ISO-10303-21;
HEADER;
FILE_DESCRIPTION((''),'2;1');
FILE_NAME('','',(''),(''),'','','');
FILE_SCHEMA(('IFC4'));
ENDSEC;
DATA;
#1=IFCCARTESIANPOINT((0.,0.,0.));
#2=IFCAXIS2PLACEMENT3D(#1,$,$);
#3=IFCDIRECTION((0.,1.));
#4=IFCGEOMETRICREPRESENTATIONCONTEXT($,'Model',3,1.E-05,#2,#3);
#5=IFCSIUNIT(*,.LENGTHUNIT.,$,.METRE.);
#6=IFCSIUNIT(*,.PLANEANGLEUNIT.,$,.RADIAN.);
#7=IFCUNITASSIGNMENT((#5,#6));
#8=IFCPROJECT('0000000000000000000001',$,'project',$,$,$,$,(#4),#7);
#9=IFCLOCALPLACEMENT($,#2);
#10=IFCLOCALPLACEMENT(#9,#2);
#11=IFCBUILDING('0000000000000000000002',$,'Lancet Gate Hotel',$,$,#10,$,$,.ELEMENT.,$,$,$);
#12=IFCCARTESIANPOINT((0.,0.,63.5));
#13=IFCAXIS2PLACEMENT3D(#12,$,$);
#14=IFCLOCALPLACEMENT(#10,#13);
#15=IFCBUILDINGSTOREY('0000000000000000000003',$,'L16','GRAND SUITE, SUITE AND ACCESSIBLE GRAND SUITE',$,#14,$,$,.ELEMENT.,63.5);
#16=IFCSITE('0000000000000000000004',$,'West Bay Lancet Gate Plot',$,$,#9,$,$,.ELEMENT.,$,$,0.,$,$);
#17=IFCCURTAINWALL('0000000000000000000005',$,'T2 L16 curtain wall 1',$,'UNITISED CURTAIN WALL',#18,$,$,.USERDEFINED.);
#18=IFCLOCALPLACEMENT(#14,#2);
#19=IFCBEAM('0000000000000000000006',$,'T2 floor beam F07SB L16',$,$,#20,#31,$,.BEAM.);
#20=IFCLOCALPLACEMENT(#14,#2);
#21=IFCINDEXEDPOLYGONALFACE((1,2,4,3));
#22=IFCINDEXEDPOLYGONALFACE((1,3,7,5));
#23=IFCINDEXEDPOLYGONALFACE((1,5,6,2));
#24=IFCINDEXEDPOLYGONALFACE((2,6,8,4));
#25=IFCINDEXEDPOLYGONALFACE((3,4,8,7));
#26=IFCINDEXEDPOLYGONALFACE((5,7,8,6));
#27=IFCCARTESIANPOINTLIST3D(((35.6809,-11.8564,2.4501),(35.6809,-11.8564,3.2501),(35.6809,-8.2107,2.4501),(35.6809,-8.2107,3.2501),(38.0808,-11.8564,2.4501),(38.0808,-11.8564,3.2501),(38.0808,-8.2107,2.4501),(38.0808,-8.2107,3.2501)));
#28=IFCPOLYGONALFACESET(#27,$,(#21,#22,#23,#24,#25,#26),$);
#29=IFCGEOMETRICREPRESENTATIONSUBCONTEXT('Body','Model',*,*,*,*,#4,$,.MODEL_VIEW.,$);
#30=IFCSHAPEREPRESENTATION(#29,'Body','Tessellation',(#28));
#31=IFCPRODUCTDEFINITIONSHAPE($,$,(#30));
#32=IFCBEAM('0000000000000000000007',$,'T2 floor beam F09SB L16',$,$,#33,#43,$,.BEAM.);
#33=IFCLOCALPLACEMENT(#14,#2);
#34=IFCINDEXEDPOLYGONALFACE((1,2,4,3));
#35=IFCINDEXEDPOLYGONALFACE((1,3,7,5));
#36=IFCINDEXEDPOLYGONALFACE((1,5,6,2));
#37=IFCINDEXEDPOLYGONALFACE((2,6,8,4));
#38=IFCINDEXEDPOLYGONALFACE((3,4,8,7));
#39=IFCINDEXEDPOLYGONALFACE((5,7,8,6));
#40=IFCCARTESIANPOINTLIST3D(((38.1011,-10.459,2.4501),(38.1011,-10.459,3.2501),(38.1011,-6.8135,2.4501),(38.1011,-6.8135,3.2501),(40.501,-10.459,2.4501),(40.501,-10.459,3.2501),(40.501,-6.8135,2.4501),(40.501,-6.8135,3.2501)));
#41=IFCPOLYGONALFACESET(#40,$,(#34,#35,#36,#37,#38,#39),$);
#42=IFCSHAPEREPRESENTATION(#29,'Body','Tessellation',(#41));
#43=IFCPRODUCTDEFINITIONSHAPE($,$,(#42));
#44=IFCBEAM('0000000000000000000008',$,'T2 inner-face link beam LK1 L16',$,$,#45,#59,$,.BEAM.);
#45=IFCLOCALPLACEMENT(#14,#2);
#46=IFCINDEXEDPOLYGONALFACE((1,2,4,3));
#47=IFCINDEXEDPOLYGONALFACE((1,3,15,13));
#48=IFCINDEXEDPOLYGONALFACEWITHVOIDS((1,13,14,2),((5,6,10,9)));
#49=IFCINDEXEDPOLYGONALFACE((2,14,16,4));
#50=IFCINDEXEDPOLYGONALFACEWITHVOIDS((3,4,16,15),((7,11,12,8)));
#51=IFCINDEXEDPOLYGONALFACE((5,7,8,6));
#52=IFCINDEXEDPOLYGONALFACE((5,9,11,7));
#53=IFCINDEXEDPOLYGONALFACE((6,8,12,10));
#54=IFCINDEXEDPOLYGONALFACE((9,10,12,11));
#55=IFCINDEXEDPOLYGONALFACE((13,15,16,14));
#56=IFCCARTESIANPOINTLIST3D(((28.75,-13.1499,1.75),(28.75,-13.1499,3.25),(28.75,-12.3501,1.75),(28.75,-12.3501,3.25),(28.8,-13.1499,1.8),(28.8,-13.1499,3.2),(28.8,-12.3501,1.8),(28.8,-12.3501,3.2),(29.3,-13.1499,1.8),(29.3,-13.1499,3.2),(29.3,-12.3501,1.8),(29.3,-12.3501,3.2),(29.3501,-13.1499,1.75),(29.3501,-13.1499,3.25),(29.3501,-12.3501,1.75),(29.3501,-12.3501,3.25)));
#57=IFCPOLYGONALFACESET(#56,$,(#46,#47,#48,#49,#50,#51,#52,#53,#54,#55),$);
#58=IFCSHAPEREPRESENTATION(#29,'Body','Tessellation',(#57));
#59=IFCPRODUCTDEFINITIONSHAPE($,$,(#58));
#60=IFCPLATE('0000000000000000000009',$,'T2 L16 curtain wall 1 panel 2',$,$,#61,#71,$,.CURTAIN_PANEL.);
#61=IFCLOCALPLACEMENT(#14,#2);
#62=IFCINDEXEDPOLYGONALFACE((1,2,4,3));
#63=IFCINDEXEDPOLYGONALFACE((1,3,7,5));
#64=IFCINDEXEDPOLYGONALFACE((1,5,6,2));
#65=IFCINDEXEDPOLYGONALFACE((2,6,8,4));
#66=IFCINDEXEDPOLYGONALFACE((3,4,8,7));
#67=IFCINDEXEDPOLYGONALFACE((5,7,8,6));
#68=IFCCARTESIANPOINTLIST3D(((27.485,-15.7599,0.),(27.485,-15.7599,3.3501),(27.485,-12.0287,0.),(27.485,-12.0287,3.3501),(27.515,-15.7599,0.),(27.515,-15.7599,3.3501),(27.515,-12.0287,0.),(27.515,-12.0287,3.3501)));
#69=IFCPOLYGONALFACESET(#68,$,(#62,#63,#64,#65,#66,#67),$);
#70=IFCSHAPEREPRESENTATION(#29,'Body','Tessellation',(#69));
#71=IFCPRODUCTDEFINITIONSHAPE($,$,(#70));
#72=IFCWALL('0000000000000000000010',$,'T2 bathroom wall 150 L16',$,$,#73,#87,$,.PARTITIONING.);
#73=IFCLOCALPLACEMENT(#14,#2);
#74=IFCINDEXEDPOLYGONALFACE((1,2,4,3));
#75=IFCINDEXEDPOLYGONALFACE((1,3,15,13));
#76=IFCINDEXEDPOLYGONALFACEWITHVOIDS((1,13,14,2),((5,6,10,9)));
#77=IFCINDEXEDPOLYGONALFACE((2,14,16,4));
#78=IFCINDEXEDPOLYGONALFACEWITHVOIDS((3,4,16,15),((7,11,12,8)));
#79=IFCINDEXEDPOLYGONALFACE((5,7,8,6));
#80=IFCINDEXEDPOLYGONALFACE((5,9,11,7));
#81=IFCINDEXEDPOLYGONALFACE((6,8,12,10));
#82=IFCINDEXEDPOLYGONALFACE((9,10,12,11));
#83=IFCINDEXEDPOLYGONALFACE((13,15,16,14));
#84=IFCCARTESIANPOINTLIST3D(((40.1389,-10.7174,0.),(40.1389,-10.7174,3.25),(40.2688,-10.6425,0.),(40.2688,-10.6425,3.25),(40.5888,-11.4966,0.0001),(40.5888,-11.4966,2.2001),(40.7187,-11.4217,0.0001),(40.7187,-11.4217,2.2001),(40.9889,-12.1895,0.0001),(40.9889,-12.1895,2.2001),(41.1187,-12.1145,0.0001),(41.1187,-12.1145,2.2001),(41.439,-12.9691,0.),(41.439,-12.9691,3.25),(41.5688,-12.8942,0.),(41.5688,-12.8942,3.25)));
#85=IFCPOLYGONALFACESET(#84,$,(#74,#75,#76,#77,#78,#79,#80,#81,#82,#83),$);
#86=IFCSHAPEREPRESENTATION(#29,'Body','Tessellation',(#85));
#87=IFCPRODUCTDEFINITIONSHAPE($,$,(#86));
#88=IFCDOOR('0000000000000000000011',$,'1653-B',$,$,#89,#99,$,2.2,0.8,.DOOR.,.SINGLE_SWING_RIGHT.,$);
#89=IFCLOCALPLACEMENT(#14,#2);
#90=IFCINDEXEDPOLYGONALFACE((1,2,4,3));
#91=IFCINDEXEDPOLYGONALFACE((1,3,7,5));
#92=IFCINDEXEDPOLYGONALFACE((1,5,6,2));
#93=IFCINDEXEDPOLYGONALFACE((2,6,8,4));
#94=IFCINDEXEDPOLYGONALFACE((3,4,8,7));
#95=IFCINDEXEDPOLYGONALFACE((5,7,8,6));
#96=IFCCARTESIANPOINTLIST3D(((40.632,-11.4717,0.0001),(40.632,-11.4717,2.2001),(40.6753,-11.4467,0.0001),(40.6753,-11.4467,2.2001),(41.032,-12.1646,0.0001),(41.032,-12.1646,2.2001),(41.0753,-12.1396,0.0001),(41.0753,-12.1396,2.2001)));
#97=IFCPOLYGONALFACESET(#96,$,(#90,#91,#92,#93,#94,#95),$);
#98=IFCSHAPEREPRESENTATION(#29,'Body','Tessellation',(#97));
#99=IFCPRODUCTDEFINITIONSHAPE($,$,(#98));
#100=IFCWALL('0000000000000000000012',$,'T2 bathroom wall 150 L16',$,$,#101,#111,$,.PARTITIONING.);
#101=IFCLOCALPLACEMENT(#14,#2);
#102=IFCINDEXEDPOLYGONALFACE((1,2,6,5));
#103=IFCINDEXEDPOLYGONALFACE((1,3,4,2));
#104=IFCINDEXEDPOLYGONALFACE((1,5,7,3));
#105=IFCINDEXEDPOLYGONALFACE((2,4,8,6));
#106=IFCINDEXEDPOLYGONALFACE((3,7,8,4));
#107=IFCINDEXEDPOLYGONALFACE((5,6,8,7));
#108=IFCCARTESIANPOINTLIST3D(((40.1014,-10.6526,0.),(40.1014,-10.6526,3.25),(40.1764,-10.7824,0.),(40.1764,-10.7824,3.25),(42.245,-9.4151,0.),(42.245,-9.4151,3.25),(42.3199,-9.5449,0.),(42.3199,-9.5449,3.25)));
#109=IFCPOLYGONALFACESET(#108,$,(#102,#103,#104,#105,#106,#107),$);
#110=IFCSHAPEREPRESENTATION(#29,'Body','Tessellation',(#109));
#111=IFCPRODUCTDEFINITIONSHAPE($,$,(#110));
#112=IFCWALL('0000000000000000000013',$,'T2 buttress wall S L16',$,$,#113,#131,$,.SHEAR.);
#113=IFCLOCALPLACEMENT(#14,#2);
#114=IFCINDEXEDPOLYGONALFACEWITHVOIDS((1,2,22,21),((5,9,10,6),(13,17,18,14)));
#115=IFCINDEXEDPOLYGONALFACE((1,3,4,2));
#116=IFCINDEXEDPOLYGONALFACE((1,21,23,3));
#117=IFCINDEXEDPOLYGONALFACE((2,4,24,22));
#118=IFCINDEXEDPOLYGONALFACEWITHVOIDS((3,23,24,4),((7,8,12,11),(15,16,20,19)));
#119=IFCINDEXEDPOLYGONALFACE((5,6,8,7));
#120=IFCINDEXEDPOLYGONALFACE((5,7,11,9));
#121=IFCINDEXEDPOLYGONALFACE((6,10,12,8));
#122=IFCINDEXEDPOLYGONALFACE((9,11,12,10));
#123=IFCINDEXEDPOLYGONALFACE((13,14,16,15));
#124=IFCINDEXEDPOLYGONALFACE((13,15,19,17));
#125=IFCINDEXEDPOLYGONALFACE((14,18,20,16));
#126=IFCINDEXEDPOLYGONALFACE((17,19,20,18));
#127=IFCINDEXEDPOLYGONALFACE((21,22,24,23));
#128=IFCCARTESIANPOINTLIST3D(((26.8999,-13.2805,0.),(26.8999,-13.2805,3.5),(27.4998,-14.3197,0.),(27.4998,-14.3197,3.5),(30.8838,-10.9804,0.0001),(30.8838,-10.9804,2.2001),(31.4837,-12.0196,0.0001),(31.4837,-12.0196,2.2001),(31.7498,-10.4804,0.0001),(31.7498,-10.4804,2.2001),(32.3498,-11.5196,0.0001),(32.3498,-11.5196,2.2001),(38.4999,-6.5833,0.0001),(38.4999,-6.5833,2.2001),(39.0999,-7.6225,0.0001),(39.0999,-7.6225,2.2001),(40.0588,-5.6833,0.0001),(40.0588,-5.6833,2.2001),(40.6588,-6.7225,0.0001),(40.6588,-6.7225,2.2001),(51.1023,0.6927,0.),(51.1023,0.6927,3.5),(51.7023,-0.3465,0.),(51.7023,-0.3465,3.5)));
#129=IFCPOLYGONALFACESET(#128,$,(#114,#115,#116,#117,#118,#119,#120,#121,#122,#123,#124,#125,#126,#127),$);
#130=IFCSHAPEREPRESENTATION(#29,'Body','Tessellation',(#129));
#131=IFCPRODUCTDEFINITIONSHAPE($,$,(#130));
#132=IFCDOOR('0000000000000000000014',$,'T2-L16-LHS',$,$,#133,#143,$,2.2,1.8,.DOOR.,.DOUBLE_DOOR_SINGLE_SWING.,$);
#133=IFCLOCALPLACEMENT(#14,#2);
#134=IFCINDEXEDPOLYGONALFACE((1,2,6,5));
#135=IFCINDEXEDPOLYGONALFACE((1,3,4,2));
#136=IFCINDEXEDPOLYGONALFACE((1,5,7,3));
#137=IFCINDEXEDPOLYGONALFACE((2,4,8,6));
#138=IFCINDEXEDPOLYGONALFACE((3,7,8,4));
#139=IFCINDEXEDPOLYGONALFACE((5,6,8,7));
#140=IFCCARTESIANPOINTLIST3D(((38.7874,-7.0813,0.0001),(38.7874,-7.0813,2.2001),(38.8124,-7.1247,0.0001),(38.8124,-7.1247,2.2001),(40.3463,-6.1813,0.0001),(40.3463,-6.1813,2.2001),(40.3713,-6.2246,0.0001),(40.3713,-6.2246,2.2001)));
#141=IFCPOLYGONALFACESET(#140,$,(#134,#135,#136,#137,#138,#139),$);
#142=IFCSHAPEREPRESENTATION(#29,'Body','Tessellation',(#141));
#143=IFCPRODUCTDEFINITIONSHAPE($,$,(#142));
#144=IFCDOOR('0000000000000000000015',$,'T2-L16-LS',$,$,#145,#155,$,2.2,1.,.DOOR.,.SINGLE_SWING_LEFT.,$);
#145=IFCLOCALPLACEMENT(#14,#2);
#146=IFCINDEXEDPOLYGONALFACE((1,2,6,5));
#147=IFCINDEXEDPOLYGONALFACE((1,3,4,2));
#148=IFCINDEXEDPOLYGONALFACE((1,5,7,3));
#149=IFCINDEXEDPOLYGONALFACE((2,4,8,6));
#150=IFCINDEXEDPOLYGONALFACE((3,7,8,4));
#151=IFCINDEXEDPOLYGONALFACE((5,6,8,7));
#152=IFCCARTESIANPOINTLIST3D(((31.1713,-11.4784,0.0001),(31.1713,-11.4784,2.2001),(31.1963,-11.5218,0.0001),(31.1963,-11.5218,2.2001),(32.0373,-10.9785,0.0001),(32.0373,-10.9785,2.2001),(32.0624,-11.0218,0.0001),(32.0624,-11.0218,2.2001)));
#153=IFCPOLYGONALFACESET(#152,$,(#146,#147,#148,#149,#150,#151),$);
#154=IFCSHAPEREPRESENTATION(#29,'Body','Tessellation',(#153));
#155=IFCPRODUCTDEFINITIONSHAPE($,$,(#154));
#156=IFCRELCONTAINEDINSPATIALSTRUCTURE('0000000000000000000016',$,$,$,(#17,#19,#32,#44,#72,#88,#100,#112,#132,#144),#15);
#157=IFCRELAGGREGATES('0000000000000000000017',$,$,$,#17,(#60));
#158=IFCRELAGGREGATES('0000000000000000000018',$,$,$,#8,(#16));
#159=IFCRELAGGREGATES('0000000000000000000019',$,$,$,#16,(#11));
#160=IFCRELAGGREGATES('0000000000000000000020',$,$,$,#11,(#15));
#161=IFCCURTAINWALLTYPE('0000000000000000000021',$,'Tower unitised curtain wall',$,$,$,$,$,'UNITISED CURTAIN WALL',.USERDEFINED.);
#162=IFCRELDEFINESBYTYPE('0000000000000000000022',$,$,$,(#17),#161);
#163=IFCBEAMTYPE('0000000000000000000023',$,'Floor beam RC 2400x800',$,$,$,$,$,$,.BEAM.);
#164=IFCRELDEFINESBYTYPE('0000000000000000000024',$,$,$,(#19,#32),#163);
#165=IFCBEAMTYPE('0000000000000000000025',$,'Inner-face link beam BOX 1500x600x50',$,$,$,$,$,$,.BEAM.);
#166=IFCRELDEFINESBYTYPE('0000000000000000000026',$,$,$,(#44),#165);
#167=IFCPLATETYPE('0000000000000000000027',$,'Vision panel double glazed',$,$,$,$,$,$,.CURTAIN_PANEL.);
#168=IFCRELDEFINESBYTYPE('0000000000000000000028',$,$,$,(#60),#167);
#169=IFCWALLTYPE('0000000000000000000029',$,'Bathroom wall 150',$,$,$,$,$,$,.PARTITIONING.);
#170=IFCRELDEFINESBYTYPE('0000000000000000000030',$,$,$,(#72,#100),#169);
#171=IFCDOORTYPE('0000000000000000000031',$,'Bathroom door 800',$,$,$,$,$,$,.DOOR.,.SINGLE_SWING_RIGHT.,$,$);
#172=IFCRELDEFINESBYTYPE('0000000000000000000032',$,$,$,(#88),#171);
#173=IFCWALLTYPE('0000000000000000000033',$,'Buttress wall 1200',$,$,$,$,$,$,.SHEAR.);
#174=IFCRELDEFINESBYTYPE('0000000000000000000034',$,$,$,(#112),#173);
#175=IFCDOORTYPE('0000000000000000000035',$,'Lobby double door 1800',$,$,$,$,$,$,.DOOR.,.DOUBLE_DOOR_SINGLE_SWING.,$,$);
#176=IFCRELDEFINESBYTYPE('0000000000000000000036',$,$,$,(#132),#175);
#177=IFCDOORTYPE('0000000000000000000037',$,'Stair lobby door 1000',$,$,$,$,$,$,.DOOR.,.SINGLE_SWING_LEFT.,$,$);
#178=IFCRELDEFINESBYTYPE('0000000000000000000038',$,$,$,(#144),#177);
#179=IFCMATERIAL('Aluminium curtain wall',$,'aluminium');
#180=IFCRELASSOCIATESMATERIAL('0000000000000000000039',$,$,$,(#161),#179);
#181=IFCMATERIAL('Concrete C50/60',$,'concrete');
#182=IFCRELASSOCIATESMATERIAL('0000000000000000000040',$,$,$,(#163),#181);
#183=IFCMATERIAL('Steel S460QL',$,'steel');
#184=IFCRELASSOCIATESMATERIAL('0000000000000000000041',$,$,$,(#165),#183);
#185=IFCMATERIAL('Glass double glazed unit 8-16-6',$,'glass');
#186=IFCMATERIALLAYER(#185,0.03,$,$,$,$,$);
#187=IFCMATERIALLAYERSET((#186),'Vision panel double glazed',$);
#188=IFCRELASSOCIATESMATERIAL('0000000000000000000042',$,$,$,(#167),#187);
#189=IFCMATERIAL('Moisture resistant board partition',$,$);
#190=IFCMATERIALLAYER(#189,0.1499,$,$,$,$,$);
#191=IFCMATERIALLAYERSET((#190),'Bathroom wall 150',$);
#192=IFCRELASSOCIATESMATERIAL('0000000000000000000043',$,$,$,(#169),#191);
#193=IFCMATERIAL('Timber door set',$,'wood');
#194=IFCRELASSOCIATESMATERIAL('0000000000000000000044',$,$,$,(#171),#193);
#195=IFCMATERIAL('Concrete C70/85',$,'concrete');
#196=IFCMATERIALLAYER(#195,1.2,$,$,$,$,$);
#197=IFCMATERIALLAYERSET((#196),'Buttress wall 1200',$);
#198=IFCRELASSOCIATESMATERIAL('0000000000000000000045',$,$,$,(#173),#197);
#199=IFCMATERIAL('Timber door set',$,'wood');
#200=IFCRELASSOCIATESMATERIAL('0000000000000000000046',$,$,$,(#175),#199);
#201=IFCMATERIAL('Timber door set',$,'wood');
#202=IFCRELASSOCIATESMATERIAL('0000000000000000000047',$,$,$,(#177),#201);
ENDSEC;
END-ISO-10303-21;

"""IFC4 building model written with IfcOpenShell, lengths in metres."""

from ifc_helpers import new_model, si_unit, direction, frame, frame_2d, origin, origin_2d, place, context, subcontext, project, spatial, rectangle, hollow_rectangle, extrude, material, layer, layer_set, material_profile, profile_set, type_object, element, fill, aggregate, save


model = new_model("IFC4")

# Units and contexts
model_context = context("Model", 3, precision=1e-05, world=origin(), true_north=direction((0.0, 1.0)))
body_context = subcontext(model_context, "Body", "Model", "MODEL_VIEW")
ifc_project = project(units=[si_unit("LENGTHUNIT", "METRE"), si_unit("PLANEANGLEUNIT", "RADIAN")], contexts=[model_context])

# Site, building, storey
site_placement = place(None, origin())
site = spatial("IfcSite", under=ifc_project, at=site_placement, Name="West Bay Lancet Gate Plot", CompositionType="ELEMENT", RefElevation=0.0)
building_placement = place(site_placement, origin())
building = spatial("IfcBuilding", under=site, at=building_placement, Name="Lancet Gate Hotel", CompositionType="ELEMENT")
storey_placement = place(building_placement, frame((0.0, 0.0, 63.5)))
storey = spatial("IfcBuildingStorey", under=building, at=storey_placement, Name="L16", Description="GRAND SUITE, SUITE AND ACCESSIBLE GRAND SUITE", CompositionType="ELEMENT", Elevation=63.5)

# Curtain wall
ifc_material_1 = material(Name="Aluminium curtain wall", Category="aluminium")
curtain_wall_type = type_object("IfcCurtainWallType", Name="Tower unitised curtain wall", ElementType="UNITISED CURTAIN WALL", PredefinedType="USERDEFINED", material=ifc_material_1)
curtain_wall_placement = place(storey_placement, origin())
curtain_wall = element("IfcCurtainWall", 1, at=curtain_wall_placement, inside=storey, type_object=curtain_wall_type, Name="T2 L16 curtain wall 1", ObjectType="UNITISED CURTAIN WALL", PredefinedType="USERDEFINED")

# Beams
ifc_material_2 = material(Name="Concrete C50/60", Category="concrete")
ifc_material_profile_1 = material_profile(ifc_material_2, rectangle(XDim=2.3999, YDim=0.8, at=origin_2d()), Name="RC 2400x800")
ifc_profile_set_1 = profile_set([ifc_material_profile_1], Name="Concrete C50/60")
beam_type_1 = type_object("IfcBeamType", Name="Floor beam RC 2400x800", PredefinedType="BEAM", material=ifc_profile_set_1)
for number, where, z_axis, x_axis, name in (
    (2, (36.8809, -11.8564, 2.8501), (0.0, 1.0, 0.0), (-1.0, 0.0, 0.0), "T2 floor beam F07SB L16"),
):
    element("IfcBeam", number, at=place(storey_placement, frame(where, z_axis=z_axis, x_axis=x_axis)), inside=storey, type_object=beam_type_1, Name=name, PredefinedType="BEAM", context=body_context, shape_type="SweptSolid", body=[
        extrude(rectangle(XDim=2.3999, YDim=0.8, at=origin_2d()), origin(), (0.0, 0.0, 1.0), 3.6458),
    ])
beam_1_placement = place(storey_placement, frame((39.301, -10.459, 2.8501), z_axis=(0.0, 1.0, 0.0), x_axis=(-1.0, 0.0, 0.0)))
element("IfcBeam", 3, at=beam_1_placement, inside=storey, type_object=beam_type_1, Name="T2 floor beam F09SB L16", PredefinedType="BEAM", context=body_context, shape_type="SweptSolid", body=[
    extrude(rectangle(XDim=2.3999, YDim=0.8, at=origin_2d()), origin(), (0.0, 0.0, 1.0), 3.6455),
])
ifc_material_3 = material(Name="Steel S460QL", Category="steel")
ifc_material_profile_2 = material_profile(ifc_material_3, hollow_rectangle(XDim=0.6001, YDim=1.5, WallThickness=0.05, at=origin_2d()), Name="BOX 1500x600x50")
ifc_profile_set_2 = profile_set([ifc_material_profile_2], Name="Steel S460QL")
beam_type_2 = type_object("IfcBeamType", Name="Inner-face link beam BOX 1500x600x50", PredefinedType="BEAM", material=ifc_profile_set_2)
beam_2_placement = place(storey_placement, frame((29.05, -13.1499, 2.5), z_axis=(0.0, 1.0, 0.0), x_axis=(-1.0, 0.0, 0.0)))
element("IfcBeam", 4, at=beam_2_placement, inside=storey, type_object=beam_type_2, Name="T2 inner-face link beam LK1 L16", PredefinedType="BEAM", context=body_context, shape_type="SweptSolid", body=[
    extrude(hollow_rectangle(XDim=0.6001, YDim=1.5, WallThickness=0.05, at=origin_2d()), origin(), (0.0, 0.0, 1.0), 0.7998),
])

# Plate
ifc_material_4 = material(Name="Glass double glazed unit 8-16-6", Category="glass")
ifc_layer_1 = layer(ifc_material_4, 0.03)
ifc_layer_set_1 = layer_set([ifc_layer_1], Name="Vision panel double glazed")
plate_type = type_object("IfcPlateType", Name="Vision panel double glazed", PredefinedType="CURTAIN_PANEL", material=ifc_layer_set_1)
plate_placement = place(storey_placement, frame((27.5, -13.8943, 0.0), z_axis=(0.0, 0.0, 1.0), x_axis=(0.0, -1.0, 0.0)))
plate = element("IfcPlate", 5, at=plate_placement, type_object=plate_type, Name="T2 L16 curtain wall 1 panel 2", PredefinedType="CURTAIN_PANEL", context=body_context, shape_type="SweptSolid", body=[
    extrude(rectangle(XDim=3.7312, YDim=0.03, at=origin_2d()), origin(), (0.0, 0.0, 1.0), 3.3501),
])
aggregate(curtain_wall, [plate])

# Wall, opening, door
ifc_material_5 = material(Name="Moisture resistant board partition")
ifc_layer_2 = layer(ifc_material_5, 0.1499)
ifc_layer_set_2 = layer_set([ifc_layer_2], Name="Bathroom wall 150")
wall_type_1 = type_object("IfcWallType", Name="Bathroom wall 150", PredefinedType="PARTITIONING", material=ifc_layer_set_2)
wall_1_placement = place(storey_placement, frame((40.2039, -10.6799, 0.0), z_axis=(0.0, 0.0, 1.0), x_axis=(0.500007, -0.866021, 0.0)))
wall_1 = element("IfcWall", 6, at=wall_1_placement, inside=storey, type_object=wall_type_1, Name="T2 bathroom wall 150 L16", PredefinedType="PARTITIONING", context=body_context, shape_type="SweptSolid", body=[
    extrude(rectangle(XDim=2.6001, YDim=0.1499, at=frame_2d((1.3, 0.0))), origin(), (0.0, 0.0, 1.0), 3.25),
])
opening_1_placement = place(wall_1_placement, frame((0.8999, 0.0, 0.0)))
opening_1 = element("IfcOpeningElement", 7, at=opening_1_placement, cuts=wall_1, PredefinedType="OPENING", context=body_context, shape_type="SweptSolid", body=[
    extrude(rectangle(XDim=0.8, YDim=2.2, at=frame_2d((0.3999, 1.1001))), frame((0.0, 0.085, 0.0), z_axis=(0.0, -1.0, 0.0), x_axis=(1.0, 0.0, 0.0)), (0.0, 0.0, 1.0), 0.1699),
])
ifc_material_6 = material(Name="Timber door set", Category="wood")
door_type_1 = type_object("IfcDoorType", Name="Bathroom door 800", OperationType="SINGLE_SWING_RIGHT", PredefinedType="DOOR", material=ifc_material_6)
door_1_placement = place(opening_1_placement, origin())
door_1 = element("IfcDoor", 8, at=door_1_placement, inside=storey, type_object=door_type_1, Name="1653-B", OperationType="SINGLE_SWING_RIGHT", OverallHeight=2.2, OverallWidth=0.8, PredefinedType="DOOR", context=body_context, shape_type="SweptSolid", body=[
    extrude(rectangle(XDim=0.8, YDim=2.2, at=frame_2d((0.3999, 1.1001))), frame((0.0, 0.0249, 0.0), z_axis=(0.0, -1.0, 0.0), x_axis=(1.0, 0.0, 0.0)), (0.0, 0.0, 1.0), 0.05),
])
fill(opening_1, door_1)

# Wall
wall_2_placement = place(storey_placement, frame((40.1389, -10.7175, 0.0), z_axis=(0.0, 0.0, 1.0), x_axis=(0.866031, 0.49999, 0.0)))
element("IfcWall", 9, at=wall_2_placement, inside=storey, type_object=wall_type_1, Name="T2 bathroom wall 150 L16", PredefinedType="PARTITIONING", context=body_context, shape_type="SweptSolid", body=[
    extrude(rectangle(XDim=2.4751, YDim=0.1499, at=frame_2d((1.2375, 0.0))), origin(), (0.0, 0.0, 1.0), 3.25),
])

# Wall, openings, doors
ifc_material_7 = material(Name="Concrete C70/85", Category="concrete")
ifc_layer_3 = layer(ifc_material_7, 1.2)
ifc_layer_set_3 = layer_set([ifc_layer_3], Name="Buttress wall 1200")
wall_type_2 = type_object("IfcWallType", Name="Buttress wall 1200", PredefinedType="SHEAR", material=ifc_layer_set_3)
wall_3_placement = place(storey_placement, frame((27.2, -13.8, 0.0), z_axis=(0.0, 0.0, 1.0), x_axis=(0.866027, 0.499997, 0.0)))
wall_3 = element("IfcWall", 10, at=wall_3_placement, inside=storey, type_object=wall_type_2, Name="T2 buttress wall S L16", PredefinedType="SHEAR", context=body_context, shape_type="SweptSolid", body=[
    extrude(rectangle(XDim=27.9465, YDim=1.2, at=frame_2d((13.9731, 0.0))), origin(), (0.0, 0.0, 1.0), 3.5),
])
opening_2_placement = place(wall_3_placement, frame((4.6001, 0.0, 0.0)))
opening_2 = element("IfcOpeningElement", 11, at=opening_2_placement, cuts=wall_3, PredefinedType="OPENING", context=body_context, shape_type="SweptSolid", body=[
    extrude(rectangle(XDim=1.0, YDim=2.2, at=frame_2d((0.5, 1.1001))), frame((0.0, 0.6099, 0.0), z_axis=(0.0, -1.0, 0.0), x_axis=(1.0, 0.0, 0.0)), (0.0, 0.0, 1.0), 1.22),
])
opening_3_placement = place(wall_3_placement, frame((13.3945, 0.0, 0.0)))
opening_3 = element("IfcOpeningElement", 12, at=opening_3_placement, cuts=wall_3, PredefinedType="OPENING", context=body_context, shape_type="SweptSolid", body=[
    extrude(rectangle(XDim=1.8, YDim=2.2, at=frame_2d((0.8999, 1.1001))), frame((0.0, 0.6099, 0.0), z_axis=(0.0, -1.0, 0.0), x_axis=(1.0, 0.0, 0.0)), (0.0, 0.0, 1.0), 1.22),
])
ifc_material_8 = material(Name="Timber door set", Category="wood")
door_type_2 = type_object("IfcDoorType", Name="Lobby double door 1800", OperationType="DOUBLE_DOOR_SINGLE_SWING", PredefinedType="DOOR", material=ifc_material_8)
door_2_placement = place(opening_3_placement, origin())
door_2 = element("IfcDoor", 13, at=door_2_placement, inside=storey, type_object=door_type_2, Name="T2-L16-LHS", OperationType="DOUBLE_DOOR_SINGLE_SWING", OverallHeight=2.2, OverallWidth=1.8, PredefinedType="DOOR", context=body_context, shape_type="SweptSolid", body=[
    extrude(rectangle(XDim=1.8, YDim=2.2, at=frame_2d((0.8999, 1.1001))), frame((0.0, 0.0249, 0.0), z_axis=(0.0, -1.0, 0.0), x_axis=(1.0, 0.0, 0.0)), (0.0, 0.0, 1.0), 0.05),
])
fill(opening_3, door_2)
ifc_material_9 = material(Name="Timber door set", Category="wood")
door_type_3 = type_object("IfcDoorType", Name="Stair lobby door 1000", OperationType="SINGLE_SWING_LEFT", PredefinedType="DOOR", material=ifc_material_9)
door_3_placement = place(opening_2_placement, origin())
door_3 = element("IfcDoor", 14, at=door_3_placement, inside=storey, type_object=door_type_3, Name="T2-L16-LS", OperationType="SINGLE_SWING_LEFT", OverallHeight=2.2, OverallWidth=1.0, PredefinedType="DOOR", context=body_context, shape_type="SweptSolid", body=[
    extrude(rectangle(XDim=1.0, YDim=2.2, at=frame_2d((0.5, 1.1001))), frame((0.0, 0.0249, 0.0), z_axis=(0.0, -1.0, 0.0), x_axis=(1.0, 0.0, 0.0)), (0.0, 0.0, 1.0), 0.05),
])
fill(opening_2, door_3)

save(model, "model.ifc")
